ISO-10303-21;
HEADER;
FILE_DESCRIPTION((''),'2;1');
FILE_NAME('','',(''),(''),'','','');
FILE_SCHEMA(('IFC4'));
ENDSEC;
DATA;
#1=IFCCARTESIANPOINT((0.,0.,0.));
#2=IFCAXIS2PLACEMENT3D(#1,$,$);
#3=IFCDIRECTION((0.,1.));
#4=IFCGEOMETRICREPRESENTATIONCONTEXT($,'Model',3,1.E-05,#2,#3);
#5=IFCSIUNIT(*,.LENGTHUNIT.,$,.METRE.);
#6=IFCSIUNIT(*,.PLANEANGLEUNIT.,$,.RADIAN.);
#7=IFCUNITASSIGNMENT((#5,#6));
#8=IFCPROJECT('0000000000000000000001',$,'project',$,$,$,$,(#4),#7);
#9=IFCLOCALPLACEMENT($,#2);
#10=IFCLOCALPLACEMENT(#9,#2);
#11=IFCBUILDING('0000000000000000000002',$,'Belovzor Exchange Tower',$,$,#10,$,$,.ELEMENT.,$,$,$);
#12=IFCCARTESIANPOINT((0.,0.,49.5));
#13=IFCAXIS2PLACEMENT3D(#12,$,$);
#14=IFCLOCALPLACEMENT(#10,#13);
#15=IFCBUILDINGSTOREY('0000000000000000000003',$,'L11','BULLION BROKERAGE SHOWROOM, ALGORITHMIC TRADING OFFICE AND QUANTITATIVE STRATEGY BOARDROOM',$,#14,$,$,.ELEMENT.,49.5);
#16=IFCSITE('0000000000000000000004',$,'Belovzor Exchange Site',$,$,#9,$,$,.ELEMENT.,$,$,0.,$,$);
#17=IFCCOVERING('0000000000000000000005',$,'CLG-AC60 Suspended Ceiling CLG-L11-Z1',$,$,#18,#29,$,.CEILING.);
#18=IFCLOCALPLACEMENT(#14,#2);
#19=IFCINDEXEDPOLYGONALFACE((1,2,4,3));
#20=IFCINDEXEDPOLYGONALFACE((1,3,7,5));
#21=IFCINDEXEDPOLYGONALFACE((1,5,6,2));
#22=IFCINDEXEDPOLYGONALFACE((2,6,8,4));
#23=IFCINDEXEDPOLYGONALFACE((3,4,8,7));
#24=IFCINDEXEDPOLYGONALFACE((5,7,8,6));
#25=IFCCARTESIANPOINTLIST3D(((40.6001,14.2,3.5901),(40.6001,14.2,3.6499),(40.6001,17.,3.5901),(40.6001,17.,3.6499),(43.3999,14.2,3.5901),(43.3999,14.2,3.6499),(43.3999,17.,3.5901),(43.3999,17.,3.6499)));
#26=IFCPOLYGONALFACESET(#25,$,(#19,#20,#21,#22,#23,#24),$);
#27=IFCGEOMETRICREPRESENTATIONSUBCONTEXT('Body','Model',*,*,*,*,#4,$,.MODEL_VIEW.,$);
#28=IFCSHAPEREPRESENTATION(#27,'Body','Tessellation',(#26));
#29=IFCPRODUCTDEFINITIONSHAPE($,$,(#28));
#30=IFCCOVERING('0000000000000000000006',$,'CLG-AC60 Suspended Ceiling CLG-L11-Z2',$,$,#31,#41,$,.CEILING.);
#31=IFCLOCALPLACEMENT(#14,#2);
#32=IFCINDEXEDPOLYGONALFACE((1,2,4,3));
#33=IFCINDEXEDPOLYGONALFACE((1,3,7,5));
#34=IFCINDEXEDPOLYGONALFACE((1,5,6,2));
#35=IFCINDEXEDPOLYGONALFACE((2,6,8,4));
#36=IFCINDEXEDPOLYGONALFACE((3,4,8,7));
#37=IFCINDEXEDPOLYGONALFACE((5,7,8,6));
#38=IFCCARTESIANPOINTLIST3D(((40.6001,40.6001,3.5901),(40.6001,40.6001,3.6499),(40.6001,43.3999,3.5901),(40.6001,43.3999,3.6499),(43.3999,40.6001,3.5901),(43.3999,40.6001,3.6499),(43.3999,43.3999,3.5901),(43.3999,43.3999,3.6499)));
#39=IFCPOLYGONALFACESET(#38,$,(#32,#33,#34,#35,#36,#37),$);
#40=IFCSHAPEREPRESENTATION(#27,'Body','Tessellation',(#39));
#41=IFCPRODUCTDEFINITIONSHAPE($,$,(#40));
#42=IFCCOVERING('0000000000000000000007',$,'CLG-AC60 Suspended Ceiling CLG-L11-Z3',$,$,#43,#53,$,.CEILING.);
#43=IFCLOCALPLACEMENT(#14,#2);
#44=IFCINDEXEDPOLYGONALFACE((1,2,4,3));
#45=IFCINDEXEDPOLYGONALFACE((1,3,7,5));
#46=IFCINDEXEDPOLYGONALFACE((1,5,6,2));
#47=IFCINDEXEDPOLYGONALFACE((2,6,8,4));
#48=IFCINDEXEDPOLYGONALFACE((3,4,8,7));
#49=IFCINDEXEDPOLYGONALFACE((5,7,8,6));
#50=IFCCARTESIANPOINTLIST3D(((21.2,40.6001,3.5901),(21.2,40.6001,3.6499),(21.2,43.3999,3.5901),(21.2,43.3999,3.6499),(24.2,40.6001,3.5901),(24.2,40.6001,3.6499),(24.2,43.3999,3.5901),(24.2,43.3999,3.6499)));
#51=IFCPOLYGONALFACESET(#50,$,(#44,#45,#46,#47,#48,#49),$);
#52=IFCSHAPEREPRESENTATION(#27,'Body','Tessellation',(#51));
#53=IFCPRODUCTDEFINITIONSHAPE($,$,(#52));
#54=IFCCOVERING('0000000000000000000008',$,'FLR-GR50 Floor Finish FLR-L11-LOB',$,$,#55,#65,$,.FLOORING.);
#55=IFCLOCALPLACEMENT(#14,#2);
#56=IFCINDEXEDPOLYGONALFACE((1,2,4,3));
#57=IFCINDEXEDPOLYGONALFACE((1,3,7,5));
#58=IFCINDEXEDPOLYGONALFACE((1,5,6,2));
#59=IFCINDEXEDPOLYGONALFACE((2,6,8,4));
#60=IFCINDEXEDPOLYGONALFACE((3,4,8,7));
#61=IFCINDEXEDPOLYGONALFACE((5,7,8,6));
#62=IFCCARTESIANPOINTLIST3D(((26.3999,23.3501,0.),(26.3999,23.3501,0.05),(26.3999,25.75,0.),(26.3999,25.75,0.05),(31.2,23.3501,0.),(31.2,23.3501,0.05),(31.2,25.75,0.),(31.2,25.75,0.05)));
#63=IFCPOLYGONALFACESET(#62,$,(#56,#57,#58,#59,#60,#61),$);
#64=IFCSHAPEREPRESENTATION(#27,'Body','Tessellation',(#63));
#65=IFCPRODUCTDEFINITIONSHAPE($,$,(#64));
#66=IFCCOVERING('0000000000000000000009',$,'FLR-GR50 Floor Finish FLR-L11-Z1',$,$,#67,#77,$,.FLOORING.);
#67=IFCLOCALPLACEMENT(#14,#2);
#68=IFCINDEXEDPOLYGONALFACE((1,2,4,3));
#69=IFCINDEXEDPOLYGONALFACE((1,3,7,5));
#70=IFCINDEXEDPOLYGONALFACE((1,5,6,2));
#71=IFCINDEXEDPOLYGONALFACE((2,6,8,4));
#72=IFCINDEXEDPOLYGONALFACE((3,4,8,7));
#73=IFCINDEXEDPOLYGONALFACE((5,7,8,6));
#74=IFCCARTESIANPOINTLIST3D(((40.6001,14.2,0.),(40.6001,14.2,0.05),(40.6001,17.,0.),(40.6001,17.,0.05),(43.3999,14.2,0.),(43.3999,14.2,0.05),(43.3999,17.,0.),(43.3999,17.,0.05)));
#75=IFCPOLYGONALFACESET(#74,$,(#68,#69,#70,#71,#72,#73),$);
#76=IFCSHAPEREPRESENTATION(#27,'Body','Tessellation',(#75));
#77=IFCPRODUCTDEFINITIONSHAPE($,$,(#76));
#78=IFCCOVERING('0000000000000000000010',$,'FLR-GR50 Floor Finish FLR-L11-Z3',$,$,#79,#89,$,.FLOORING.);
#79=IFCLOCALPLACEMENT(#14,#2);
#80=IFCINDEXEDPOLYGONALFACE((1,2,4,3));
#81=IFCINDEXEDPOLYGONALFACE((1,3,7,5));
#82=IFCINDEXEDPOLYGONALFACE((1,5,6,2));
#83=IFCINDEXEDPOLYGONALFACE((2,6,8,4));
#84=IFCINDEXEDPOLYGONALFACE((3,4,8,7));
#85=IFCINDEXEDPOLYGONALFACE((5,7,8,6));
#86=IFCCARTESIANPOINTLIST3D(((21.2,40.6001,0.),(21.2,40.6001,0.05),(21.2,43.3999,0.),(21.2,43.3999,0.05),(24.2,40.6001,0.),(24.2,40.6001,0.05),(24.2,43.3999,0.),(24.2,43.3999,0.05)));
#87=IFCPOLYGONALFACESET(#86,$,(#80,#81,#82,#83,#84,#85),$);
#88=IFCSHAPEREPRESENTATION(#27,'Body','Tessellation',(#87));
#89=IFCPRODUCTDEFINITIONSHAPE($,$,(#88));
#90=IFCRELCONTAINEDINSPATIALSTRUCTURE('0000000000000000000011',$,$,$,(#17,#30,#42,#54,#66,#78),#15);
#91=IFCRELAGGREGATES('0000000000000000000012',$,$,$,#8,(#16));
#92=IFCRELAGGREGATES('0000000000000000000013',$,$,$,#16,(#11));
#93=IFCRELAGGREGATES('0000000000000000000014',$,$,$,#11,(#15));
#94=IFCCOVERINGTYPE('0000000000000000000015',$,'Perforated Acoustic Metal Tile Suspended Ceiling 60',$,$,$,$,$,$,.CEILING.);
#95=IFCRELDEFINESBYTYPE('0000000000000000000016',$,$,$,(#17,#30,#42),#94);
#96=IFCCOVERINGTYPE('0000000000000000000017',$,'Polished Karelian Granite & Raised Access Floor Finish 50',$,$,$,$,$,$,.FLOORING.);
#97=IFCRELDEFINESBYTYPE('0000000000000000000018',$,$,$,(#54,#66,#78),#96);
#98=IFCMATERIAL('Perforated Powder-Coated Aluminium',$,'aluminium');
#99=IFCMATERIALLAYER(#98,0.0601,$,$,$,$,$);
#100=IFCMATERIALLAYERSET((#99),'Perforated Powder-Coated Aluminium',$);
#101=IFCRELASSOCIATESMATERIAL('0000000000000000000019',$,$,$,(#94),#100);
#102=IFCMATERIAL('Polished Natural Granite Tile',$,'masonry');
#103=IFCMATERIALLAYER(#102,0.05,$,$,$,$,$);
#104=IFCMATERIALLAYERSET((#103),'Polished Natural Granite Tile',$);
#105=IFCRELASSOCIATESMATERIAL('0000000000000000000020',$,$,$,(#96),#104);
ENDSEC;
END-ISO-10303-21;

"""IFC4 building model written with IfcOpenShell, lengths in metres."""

from ifc_helpers import new_model, si_unit, direction, frame, origin, place, context, subcontext, project, spatial, polyline, outline, extrude, material, layer, layer_set, type_object, element, save


model = new_model("IFC4")

# Units and contexts
model_context = context("Model", 3, precision=1e-05, world=origin(), true_north=direction((0.0, 1.0)))
body_context = subcontext(model_context, "Body", "Model", "MODEL_VIEW")
ifc_project = project(units=[si_unit("LENGTHUNIT", "METRE"), si_unit("PLANEANGLEUNIT", "RADIAN")], contexts=[model_context])

# Site, building, storey
site_placement = place(None, origin())
site = spatial("IfcSite", under=ifc_project, at=site_placement, Name="Belovzor Exchange Site", CompositionType="ELEMENT", RefElevation=0.0)
building_placement = place(site_placement, origin())
building = spatial("IfcBuilding", under=site, at=building_placement, Name="Belovzor Exchange Tower", CompositionType="ELEMENT")
storey_placement = place(building_placement, frame((0.0, 0.0, 49.5)))
storey = spatial("IfcBuildingStorey", under=building, at=storey_placement, Name="L11", Description="BULLION BROKERAGE SHOWROOM, ALGORITHMIC TRADING OFFICE AND QUANTITATIVE STRATEGY BOARDROOM", CompositionType="ELEMENT", Elevation=49.5)

# Coverings
ifc_material_1 = material(Name="Perforated Powder-Coated Aluminium", Category="aluminium")
ifc_layer_1 = layer(ifc_material_1, 0.0601)
ifc_layer_set_1 = layer_set([ifc_layer_1], Name="Perforated Powder-Coated Aluminium")
covering_type_1 = type_object("IfcCoveringType", Name="Perforated Acoustic Metal Tile Suspended Ceiling 60", PredefinedType="CEILING", material=ifc_layer_set_1)
covering_1_placement = place(storey_placement, frame((0.0, 0.0, 3.5901)))
element("IfcCovering", 1, at=covering_1_placement, inside=storey, type_object=covering_type_1, Name="CLG-AC60 Suspended Ceiling CLG-L11-Z1", PredefinedType="CEILING", context=body_context, shape_type="SweptSolid", body=[
    extrude(outline(polyline([(40.6001, 14.2), (43.3999, 14.2), (43.3999, 17.0), (40.6001, 17.0), (40.6001, 14.2)])), origin(), (0.0, 0.0, 1.0), 0.0598),
])
covering_2_placement = place(storey_placement, frame((0.0, 0.0, 3.5901)))
element("IfcCovering", 2, at=covering_2_placement, inside=storey, type_object=covering_type_1, Name="CLG-AC60 Suspended Ceiling CLG-L11-Z2", PredefinedType="CEILING", context=body_context, shape_type="SweptSolid", body=[
    extrude(outline(polyline([(40.6001, 40.6001), (43.3999, 40.6001), (43.3999, 43.3999), (40.6001, 43.3999), (40.6001, 40.6001)])), origin(), (0.0, 0.0, 1.0), 0.0598),
])
covering_3_placement = place(storey_placement, frame((0.0, 0.0, 3.5901)))
element("IfcCovering", 3, at=covering_3_placement, inside=storey, type_object=covering_type_1, Name="CLG-AC60 Suspended Ceiling CLG-L11-Z3", PredefinedType="CEILING", context=body_context, shape_type="SweptSolid", body=[
    extrude(outline(polyline([(21.2, 40.6001), (24.2, 40.6001), (24.2, 43.3999), (21.2, 43.3999), (21.2, 40.6001)])), origin(), (0.0, 0.0, 1.0), 0.0598),
])
ifc_material_2 = material(Name="Polished Natural Granite Tile", Category="masonry")
ifc_layer_2 = layer(ifc_material_2, 0.05)
ifc_layer_set_2 = layer_set([ifc_layer_2], Name="Polished Natural Granite Tile")
covering_type_2 = type_object("IfcCoveringType", Name="Polished Karelian Granite & Raised Access Floor Finish 50", PredefinedType="FLOORING", material=ifc_layer_set_2)
covering_4_placement = place(storey_placement, origin())
element("IfcCovering", 4, at=covering_4_placement, inside=storey, type_object=covering_type_2, Name="FLR-GR50 Floor Finish FLR-L11-LOB", PredefinedType="FLOORING", context=body_context, shape_type="SweptSolid", body=[
    extrude(outline(polyline([(26.3999, 23.3501), (31.2, 23.3501), (31.2, 25.75), (26.3999, 25.75), (26.3999, 23.3501)])), origin(), (0.0, 0.0, 1.0), 0.05),
])
covering_5_placement = place(storey_placement, origin())
element("IfcCovering", 5, at=covering_5_placement, inside=storey, type_object=covering_type_2, Name="FLR-GR50 Floor Finish FLR-L11-Z1", PredefinedType="FLOORING", context=body_context, shape_type="SweptSolid", body=[
    extrude(outline(polyline([(40.6001, 14.2), (43.3999, 14.2), (43.3999, 17.0), (40.6001, 17.0), (40.6001, 14.2)])), origin(), (0.0, 0.0, 1.0), 0.05),
])
covering_6_placement = place(storey_placement, origin())
element("IfcCovering", 6, at=covering_6_placement, inside=storey, type_object=covering_type_2, Name="FLR-GR50 Floor Finish FLR-L11-Z3", PredefinedType="FLOORING", context=body_context, shape_type="SweptSolid", body=[
    extrude(outline(polyline([(21.2, 40.6001), (24.2, 40.6001), (24.2, 43.3999), (21.2, 43.3999), (21.2, 40.6001)])), origin(), (0.0, 0.0, 1.0), 0.05),
])

save(model, "model.ifc")
